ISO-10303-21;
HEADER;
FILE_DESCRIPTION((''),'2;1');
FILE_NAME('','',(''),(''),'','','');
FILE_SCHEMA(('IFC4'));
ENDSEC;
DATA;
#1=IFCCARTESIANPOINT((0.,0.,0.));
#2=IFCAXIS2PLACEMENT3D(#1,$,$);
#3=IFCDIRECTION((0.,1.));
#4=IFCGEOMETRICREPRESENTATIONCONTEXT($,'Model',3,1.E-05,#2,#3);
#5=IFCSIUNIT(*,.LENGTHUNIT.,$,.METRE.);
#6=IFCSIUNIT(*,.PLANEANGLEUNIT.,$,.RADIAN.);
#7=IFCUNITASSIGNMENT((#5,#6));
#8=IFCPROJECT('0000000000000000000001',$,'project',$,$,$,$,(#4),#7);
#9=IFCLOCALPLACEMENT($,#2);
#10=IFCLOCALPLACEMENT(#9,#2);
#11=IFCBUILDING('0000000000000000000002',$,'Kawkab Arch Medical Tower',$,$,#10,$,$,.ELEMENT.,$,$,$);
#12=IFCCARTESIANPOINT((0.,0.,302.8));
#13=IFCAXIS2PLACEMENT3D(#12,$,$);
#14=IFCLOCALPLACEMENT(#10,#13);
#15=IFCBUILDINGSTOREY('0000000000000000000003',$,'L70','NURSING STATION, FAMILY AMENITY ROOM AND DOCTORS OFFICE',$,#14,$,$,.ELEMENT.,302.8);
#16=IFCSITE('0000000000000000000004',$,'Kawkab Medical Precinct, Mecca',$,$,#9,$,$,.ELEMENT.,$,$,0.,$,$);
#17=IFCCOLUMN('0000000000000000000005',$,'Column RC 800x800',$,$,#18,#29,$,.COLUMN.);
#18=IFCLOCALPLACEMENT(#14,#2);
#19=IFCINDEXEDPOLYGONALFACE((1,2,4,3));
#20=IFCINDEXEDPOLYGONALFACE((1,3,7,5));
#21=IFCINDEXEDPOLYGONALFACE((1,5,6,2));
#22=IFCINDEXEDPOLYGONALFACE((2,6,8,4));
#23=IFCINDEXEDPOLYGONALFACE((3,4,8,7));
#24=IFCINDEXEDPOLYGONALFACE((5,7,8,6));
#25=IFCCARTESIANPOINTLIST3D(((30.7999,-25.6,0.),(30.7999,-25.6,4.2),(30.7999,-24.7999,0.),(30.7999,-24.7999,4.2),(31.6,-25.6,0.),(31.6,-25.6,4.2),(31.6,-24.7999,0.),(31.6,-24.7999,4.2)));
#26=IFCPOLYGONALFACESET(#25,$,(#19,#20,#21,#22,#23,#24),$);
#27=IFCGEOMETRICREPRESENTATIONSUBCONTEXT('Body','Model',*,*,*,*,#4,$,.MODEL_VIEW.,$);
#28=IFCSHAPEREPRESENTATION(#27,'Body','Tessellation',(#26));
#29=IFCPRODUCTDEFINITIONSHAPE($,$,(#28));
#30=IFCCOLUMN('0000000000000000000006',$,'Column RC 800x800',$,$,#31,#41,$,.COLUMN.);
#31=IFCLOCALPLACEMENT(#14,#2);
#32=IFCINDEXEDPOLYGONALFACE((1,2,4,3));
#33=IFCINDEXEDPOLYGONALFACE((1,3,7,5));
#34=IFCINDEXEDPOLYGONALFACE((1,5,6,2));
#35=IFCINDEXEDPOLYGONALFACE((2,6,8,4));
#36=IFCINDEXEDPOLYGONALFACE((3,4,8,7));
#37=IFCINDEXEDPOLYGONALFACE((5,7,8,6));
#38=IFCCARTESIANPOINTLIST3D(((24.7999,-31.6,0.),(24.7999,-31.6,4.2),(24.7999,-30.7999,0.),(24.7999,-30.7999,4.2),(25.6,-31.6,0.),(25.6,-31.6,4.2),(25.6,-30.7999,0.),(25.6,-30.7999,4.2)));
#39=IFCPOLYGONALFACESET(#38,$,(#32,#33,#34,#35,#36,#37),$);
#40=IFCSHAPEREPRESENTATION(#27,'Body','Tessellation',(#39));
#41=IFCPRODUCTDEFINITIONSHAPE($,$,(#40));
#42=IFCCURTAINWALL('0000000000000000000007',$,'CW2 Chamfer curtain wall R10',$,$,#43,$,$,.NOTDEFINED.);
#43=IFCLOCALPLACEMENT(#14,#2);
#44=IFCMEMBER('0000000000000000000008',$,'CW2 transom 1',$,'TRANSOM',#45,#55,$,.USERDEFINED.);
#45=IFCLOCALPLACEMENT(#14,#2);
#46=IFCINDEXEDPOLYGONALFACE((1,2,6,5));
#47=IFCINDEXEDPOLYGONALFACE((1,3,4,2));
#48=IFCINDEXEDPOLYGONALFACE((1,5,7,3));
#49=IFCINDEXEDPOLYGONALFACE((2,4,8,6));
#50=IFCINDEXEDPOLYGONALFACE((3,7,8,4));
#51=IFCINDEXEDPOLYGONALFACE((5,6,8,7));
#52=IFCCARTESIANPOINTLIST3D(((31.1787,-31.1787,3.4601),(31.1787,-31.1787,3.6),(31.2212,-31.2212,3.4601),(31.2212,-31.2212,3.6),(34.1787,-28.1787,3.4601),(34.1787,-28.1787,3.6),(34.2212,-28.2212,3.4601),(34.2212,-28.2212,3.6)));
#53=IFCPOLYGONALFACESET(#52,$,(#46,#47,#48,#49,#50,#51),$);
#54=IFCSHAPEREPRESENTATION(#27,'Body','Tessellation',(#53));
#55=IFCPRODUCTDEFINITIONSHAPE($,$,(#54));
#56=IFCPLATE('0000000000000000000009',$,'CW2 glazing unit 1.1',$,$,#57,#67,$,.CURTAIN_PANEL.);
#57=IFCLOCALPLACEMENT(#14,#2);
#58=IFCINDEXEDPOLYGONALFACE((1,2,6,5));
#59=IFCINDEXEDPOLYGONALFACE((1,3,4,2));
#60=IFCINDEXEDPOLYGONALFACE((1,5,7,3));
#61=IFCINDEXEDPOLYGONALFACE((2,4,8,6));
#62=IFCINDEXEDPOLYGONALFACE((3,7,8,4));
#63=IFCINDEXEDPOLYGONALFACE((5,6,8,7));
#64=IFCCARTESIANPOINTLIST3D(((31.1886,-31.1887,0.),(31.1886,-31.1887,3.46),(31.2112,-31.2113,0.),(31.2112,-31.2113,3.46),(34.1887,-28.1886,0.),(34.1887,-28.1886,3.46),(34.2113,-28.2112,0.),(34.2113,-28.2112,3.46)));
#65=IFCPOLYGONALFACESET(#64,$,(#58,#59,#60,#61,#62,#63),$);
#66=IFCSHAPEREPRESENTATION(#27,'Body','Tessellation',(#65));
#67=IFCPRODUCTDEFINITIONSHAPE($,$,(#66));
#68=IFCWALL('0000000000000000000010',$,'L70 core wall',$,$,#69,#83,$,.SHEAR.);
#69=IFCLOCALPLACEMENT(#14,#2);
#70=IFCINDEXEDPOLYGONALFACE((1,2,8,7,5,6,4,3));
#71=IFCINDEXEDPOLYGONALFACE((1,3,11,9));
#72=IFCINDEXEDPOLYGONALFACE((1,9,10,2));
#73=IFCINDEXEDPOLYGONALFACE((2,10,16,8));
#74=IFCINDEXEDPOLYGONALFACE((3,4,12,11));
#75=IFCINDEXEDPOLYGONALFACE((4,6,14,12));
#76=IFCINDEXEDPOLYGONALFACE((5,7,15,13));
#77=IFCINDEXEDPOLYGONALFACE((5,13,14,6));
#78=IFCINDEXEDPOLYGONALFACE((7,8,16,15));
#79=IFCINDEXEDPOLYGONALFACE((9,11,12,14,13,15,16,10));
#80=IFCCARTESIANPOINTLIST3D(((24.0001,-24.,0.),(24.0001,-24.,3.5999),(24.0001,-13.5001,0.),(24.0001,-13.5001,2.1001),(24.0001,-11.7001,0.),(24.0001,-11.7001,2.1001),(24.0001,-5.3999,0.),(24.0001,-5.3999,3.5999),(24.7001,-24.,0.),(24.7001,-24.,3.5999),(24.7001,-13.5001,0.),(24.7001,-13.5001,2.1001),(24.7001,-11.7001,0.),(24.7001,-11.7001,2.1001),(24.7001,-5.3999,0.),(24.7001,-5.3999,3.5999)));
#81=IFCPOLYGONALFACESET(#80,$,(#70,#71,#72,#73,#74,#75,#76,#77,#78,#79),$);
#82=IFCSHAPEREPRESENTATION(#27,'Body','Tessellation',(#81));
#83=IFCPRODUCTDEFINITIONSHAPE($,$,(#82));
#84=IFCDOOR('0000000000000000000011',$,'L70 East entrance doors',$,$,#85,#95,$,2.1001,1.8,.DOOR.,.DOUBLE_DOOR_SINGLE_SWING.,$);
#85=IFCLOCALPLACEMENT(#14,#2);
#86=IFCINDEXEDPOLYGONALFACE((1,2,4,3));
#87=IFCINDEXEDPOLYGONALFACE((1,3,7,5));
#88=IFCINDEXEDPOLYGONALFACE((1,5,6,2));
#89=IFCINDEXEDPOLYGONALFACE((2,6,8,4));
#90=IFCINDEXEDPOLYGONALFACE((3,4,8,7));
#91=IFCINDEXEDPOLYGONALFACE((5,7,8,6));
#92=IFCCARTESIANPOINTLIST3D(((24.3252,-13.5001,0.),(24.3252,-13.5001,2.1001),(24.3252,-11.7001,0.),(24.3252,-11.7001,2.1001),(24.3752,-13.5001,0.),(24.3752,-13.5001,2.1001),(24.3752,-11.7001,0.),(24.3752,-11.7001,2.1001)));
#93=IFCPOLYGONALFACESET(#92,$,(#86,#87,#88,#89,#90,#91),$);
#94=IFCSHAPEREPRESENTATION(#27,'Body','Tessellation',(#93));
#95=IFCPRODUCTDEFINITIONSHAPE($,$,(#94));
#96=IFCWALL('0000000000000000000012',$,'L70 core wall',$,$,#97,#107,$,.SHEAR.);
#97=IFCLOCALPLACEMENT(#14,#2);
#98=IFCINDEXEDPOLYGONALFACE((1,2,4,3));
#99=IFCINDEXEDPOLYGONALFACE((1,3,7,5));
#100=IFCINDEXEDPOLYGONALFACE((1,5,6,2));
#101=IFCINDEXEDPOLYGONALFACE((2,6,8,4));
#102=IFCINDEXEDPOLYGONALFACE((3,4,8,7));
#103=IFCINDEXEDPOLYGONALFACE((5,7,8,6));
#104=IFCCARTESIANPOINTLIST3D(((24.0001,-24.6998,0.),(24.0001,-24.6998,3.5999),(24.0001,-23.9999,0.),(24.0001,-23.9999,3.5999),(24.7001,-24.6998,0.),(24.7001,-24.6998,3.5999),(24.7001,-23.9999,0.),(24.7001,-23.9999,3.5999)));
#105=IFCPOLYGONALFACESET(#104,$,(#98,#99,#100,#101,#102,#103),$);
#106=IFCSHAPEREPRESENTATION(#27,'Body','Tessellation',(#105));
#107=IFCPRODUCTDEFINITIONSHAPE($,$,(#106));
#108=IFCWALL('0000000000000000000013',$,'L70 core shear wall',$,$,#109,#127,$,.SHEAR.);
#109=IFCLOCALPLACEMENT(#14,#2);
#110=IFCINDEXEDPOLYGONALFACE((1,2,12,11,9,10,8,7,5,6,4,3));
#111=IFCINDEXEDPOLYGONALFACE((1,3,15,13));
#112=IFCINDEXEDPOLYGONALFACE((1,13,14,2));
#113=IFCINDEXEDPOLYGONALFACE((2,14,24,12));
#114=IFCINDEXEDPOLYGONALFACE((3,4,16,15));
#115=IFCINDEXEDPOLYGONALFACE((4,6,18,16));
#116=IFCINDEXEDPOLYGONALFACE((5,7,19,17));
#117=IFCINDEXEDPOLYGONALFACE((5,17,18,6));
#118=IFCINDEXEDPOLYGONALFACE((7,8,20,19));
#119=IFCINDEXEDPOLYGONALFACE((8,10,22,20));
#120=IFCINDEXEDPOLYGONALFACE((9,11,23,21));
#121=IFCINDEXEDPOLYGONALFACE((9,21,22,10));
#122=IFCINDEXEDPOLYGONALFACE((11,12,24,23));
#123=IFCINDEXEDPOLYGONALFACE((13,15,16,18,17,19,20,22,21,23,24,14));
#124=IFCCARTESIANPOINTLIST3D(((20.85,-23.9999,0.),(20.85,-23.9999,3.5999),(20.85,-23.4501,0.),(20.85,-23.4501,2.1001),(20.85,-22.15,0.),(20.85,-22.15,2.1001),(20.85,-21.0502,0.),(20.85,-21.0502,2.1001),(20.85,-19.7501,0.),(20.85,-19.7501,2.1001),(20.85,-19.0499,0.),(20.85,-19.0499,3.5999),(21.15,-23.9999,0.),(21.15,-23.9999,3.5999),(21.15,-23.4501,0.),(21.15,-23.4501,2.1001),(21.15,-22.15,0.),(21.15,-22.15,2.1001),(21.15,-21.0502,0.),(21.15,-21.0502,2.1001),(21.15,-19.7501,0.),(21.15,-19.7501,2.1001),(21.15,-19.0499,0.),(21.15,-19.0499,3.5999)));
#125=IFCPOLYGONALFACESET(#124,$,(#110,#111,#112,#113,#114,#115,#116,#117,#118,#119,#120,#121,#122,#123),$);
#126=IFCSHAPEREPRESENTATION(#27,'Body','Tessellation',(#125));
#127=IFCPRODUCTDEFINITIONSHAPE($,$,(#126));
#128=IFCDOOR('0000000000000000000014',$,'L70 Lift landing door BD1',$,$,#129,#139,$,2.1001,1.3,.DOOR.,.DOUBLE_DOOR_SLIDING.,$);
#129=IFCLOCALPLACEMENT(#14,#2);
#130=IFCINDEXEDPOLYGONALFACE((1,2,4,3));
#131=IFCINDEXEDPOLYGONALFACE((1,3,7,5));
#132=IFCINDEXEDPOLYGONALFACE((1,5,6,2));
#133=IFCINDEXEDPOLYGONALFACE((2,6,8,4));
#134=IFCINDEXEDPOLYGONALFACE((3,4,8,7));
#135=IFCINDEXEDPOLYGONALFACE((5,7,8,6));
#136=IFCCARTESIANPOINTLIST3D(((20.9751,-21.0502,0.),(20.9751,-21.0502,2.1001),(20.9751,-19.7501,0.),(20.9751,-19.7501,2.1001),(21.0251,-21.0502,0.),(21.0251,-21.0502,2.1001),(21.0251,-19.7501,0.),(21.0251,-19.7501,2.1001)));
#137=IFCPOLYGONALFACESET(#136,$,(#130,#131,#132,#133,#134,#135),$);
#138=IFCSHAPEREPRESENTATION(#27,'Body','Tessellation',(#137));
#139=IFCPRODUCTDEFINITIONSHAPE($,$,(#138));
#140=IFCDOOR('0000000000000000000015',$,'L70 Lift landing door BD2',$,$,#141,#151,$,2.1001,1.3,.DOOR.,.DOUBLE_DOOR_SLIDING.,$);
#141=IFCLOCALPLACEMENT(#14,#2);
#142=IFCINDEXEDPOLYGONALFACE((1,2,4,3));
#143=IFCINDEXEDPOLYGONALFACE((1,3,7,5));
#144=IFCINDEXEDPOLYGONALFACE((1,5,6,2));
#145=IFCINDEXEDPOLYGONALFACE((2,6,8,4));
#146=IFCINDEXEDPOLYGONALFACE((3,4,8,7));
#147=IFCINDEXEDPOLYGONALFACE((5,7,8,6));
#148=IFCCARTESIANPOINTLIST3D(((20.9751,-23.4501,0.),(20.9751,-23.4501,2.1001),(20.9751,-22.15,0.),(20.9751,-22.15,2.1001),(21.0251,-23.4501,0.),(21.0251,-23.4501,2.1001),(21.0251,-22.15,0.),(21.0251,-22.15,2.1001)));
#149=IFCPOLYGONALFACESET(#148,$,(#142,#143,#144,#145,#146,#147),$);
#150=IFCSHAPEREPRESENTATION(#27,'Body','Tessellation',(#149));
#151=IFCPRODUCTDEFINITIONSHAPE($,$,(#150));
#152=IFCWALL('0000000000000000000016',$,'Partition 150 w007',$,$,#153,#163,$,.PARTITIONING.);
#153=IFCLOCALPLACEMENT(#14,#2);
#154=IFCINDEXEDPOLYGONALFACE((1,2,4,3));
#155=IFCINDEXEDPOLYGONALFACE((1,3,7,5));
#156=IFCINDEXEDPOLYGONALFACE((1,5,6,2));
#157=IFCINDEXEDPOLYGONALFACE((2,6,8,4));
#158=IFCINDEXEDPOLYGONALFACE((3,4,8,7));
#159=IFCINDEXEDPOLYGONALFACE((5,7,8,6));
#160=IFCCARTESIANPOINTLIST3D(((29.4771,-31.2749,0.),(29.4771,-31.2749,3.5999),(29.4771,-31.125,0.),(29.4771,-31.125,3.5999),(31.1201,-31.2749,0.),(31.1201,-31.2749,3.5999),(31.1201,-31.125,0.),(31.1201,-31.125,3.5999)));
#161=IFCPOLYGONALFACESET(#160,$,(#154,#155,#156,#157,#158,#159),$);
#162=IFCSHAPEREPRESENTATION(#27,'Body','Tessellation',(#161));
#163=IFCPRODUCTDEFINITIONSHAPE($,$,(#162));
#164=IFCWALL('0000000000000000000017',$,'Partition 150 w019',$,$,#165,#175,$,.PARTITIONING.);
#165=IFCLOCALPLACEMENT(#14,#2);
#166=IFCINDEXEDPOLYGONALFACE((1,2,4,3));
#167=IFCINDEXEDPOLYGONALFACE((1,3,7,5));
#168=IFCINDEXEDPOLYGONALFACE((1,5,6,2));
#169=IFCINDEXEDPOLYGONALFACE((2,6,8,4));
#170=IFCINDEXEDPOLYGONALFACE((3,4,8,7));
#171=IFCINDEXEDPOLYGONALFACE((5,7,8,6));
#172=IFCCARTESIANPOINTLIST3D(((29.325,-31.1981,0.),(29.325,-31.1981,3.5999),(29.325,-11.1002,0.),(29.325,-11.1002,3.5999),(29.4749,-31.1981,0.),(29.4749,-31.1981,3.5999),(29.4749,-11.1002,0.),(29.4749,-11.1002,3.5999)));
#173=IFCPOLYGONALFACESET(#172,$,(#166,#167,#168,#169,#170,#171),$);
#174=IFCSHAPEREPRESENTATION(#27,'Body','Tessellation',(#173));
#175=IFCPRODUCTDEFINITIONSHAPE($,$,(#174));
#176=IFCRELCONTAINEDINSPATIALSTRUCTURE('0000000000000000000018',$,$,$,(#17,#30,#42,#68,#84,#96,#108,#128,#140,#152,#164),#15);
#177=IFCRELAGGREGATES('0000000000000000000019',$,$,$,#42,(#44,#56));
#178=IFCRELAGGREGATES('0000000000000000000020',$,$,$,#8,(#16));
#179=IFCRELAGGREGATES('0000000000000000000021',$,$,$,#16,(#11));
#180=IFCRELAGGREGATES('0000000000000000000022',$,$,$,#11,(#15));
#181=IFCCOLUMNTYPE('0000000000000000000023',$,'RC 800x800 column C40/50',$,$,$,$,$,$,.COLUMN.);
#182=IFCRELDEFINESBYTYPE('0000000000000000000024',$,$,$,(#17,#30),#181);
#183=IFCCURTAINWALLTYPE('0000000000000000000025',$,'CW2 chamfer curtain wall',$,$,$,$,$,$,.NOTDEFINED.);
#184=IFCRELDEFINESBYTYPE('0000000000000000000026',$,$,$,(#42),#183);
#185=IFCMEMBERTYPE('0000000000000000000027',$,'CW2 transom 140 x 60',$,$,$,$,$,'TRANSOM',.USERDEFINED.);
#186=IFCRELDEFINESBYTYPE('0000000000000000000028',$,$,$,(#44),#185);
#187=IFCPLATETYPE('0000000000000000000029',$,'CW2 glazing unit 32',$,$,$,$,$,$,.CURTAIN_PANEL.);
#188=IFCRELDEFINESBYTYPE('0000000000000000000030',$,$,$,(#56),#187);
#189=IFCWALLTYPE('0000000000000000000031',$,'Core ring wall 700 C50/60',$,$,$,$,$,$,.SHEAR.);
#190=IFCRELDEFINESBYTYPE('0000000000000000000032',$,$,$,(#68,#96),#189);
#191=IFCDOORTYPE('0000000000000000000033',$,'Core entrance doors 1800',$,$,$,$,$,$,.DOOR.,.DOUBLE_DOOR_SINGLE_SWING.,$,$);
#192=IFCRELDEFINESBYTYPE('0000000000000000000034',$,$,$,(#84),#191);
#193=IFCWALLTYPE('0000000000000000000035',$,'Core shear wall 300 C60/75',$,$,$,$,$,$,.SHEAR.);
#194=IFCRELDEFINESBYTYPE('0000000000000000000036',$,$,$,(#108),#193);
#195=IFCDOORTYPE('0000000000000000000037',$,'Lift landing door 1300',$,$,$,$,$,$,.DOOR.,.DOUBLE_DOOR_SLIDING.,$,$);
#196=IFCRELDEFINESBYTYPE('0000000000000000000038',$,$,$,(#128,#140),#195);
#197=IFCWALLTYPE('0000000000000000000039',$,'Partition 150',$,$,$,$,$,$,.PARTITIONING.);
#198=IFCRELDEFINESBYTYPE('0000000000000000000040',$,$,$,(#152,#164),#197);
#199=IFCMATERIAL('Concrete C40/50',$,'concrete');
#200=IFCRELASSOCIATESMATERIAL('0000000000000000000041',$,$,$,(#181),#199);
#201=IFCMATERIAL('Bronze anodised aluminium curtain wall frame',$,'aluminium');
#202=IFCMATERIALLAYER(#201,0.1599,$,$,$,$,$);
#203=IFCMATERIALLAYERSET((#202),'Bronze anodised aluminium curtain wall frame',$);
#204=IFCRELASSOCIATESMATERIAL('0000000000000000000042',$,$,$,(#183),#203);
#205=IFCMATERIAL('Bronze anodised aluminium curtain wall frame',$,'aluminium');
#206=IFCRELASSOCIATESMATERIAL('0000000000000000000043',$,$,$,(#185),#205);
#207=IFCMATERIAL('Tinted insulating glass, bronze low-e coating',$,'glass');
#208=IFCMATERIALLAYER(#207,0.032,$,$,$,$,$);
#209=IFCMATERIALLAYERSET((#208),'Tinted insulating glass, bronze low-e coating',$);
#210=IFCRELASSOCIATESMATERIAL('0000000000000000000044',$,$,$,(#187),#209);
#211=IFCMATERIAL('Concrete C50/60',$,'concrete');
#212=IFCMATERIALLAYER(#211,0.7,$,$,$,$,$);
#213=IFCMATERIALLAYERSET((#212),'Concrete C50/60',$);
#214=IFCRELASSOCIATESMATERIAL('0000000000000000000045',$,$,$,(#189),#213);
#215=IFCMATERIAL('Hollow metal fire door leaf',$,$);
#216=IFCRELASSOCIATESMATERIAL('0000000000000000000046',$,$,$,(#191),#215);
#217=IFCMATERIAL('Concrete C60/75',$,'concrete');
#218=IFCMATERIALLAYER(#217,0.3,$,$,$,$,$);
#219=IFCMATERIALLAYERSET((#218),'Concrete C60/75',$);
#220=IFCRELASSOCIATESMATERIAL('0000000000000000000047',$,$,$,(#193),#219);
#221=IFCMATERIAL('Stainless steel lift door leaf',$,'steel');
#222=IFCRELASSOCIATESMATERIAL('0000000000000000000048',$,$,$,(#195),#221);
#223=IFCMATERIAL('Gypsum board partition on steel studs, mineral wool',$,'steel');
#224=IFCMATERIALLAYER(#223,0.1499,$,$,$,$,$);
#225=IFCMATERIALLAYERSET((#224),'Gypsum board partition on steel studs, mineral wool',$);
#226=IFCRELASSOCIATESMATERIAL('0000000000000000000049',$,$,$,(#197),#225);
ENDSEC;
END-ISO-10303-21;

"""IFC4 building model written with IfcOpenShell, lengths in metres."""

from ifc_helpers import new_model, si_unit, direction, frame, frame_2d, origin, origin_2d, place, context, subcontext, project, spatial, rectangle, extrude, material, layer, layer_set, material_profile, profile_set, type_object, element, fill, aggregate, save


model = new_model("IFC4")

# Units and contexts
model_context = context("Model", 3, precision=1e-05, world=origin(), true_north=direction((0.0, 1.0)))
body_context = subcontext(model_context, "Body", "Model", "MODEL_VIEW")
ifc_project = project(units=[si_unit("LENGTHUNIT", "METRE"), si_unit("PLANEANGLEUNIT", "RADIAN")], contexts=[model_context])

# Site, building, storey
site_placement = place(None, origin())
site = spatial("IfcSite", under=ifc_project, at=site_placement, Name="Kawkab Medical Precinct, Mecca", CompositionType="ELEMENT", RefElevation=0.0)
building_placement = place(site_placement, origin())
building = spatial("IfcBuilding", under=site, at=building_placement, Name="Kawkab Arch Medical Tower", CompositionType="ELEMENT")
storey_placement = place(building_placement, frame((0.0, 0.0, 302.8)))
storey = spatial("IfcBuildingStorey", under=building, at=storey_placement, Name="L70", Description="NURSING STATION, FAMILY AMENITY ROOM AND DOCTORS OFFICE", CompositionType="ELEMENT", Elevation=302.8)

# Columns
ifc_material_1 = material(Name="Concrete C40/50", Category="concrete")
ifc_material_profile_1 = material_profile(ifc_material_1, rectangle(XDim=0.8, YDim=0.8, at=origin_2d()), Name="RC 800x800")
ifc_profile_set_1 = profile_set([ifc_material_profile_1], Name="Concrete C40/50")
column_type = type_object("IfcColumnType", Name="RC 800x800 column C40/50", PredefinedType="COLUMN", material=ifc_profile_set_1)
for number, where, z_axis, x_axis, name in (
    (1, (31.2, -25.2, 0.0), (0.0, 0.0, 1.0), (1.0, 0.0, 0.0), "Column RC 800x800"),
    (2, (25.2, -31.2, 0.0), (0.0, 0.0, 1.0), (1.0, 0.0, 0.0), "Column RC 800x800"),
):
    element("IfcColumn", number, at=place(storey_placement, frame(where, z_axis=z_axis, x_axis=x_axis)), inside=storey, type_object=column_type, Name=name, PredefinedType="COLUMN", context=body_context, shape_type="SweptSolid", body=[
        extrude(rectangle(XDim=0.8, YDim=0.8, at=origin_2d()), origin(), (0.0, 0.0, 1.0), 4.2),
    ])

# Curtain wall, member, plate
ifc_material_2 = material(Name="Bronze anodised aluminium curtain wall frame", Category="aluminium")
ifc_layer_1 = layer(ifc_material_2, 0.1599)
ifc_layer_set_1 = layer_set([ifc_layer_1], Name="Bronze anodised aluminium curtain wall frame")
curtain_wall_type = type_object("IfcCurtainWallType", Name="CW2 chamfer curtain wall", PredefinedType="NOTDEFINED", material=ifc_layer_set_1)
curtain_wall_placement = place(storey_placement, origin())
curtain_wall = element("IfcCurtainWall", 3, at=curtain_wall_placement, inside=storey, type_object=curtain_wall_type, Name="CW2 Chamfer curtain wall R10", PredefinedType="NOTDEFINED")
ifc_material_3 = material(Name="Bronze anodised aluminium curtain wall frame", Category="aluminium")
ifc_material_profile_2 = material_profile(ifc_material_3, rectangle(XDim=0.0601, YDim=0.1399, at=origin_2d()), Name="AL 60x140")
ifc_profile_set_2 = profile_set([ifc_material_profile_2], Name="Bronze anodised aluminium curtain wall frame")
member_type = type_object("IfcMemberType", Name="CW2 transom 140 x 60", ElementType="TRANSOM", PredefinedType="USERDEFINED", material=ifc_profile_set_2)
member_placement = place(storey_placement, frame((31.2, -31.2, 3.53), z_axis=(0.707107, 0.707107, 0.0), x_axis=(-0.707107, 0.707107, 0.0)))
member = element("IfcMember", 4, at=member_placement, type_object=member_type, Name="CW2 transom 1", ObjectType="TRANSOM", PredefinedType="USERDEFINED", context=body_context, shape_type="SweptSolid", body=[
    extrude(rectangle(XDim=0.0601, YDim=0.1399, at=origin_2d()), origin(), (0.0, 0.0, 1.0), 4.2427),
])
ifc_material_4 = material(Name="Tinted insulating glass, bronze low-e coating", Category="glass")
ifc_layer_2 = layer(ifc_material_4, 0.032)
ifc_layer_set_2 = layer_set([ifc_layer_2], Name="Tinted insulating glass, bronze low-e coating")
plate_type = type_object("IfcPlateType", Name="CW2 glazing unit 32", PredefinedType="CURTAIN_PANEL", material=ifc_layer_set_2)
plate_placement = place(storey_placement, frame((32.7, -29.7, 0.0), z_axis=(0.0, 0.0, 1.0), x_axis=(0.707107, 0.707107, 0.0)))
plate = element("IfcPlate", 5, at=plate_placement, type_object=plate_type, Name="CW2 glazing unit 1.1", PredefinedType="CURTAIN_PANEL", context=body_context, shape_type="SweptSolid", body=[
    extrude(rectangle(XDim=4.2427, YDim=0.032, at=origin_2d()), origin(), (0.0, 0.0, 1.0), 3.46),
])
aggregate(curtain_wall, [member, plate])

# Wall, opening, door
ifc_material_5 = material(Name="Concrete C50/60", Category="concrete")
ifc_layer_3 = layer(ifc_material_5, 0.7)
ifc_layer_set_3 = layer_set([ifc_layer_3], Name="Concrete C50/60")
wall_type_1 = type_object("IfcWallType", Name="Core ring wall 700 C50/60", PredefinedType="SHEAR", material=ifc_layer_set_3)
wall_1_placement = place(storey_placement, frame((24.3501, -24.0, 0.0), z_axis=(0.0, 0.0, 1.0), x_axis=(0.0, 1.0, 0.0)))
wall_1 = element("IfcWall", 6, at=wall_1_placement, inside=storey, type_object=wall_type_1, Name="L70 core wall", PredefinedType="SHEAR", context=body_context, shape_type="SweptSolid", body=[
    extrude(rectangle(XDim=18.6001, YDim=0.7, at=frame_2d((9.3, 0.0))), origin(), (0.0, 0.0, 1.0), 3.5999),
])
opening_1_placement = place(wall_1_placement, frame((10.5, 0.0, 0.0)))
opening_1 = element("IfcOpeningElement", 7, at=opening_1_placement, cuts=wall_1, PredefinedType="OPENING", context=body_context, shape_type="SweptSolid", body=[
    extrude(rectangle(XDim=1.8, YDim=2.1001, at=frame_2d((0.8999, 1.05))), frame((0.0, 0.3599, 0.0), z_axis=(0.0, -1.0, 0.0), x_axis=(1.0, 0.0, 0.0)), (0.0, 0.0, 1.0), 0.72),
])
ifc_material_6 = material(Name="Hollow metal fire door leaf")
door_type_1 = type_object("IfcDoorType", Name="Core entrance doors 1800", OperationType="DOUBLE_DOOR_SINGLE_SWING", PredefinedType="DOOR", material=ifc_material_6)
door_1_placement = place(opening_1_placement, origin())
door_1 = element("IfcDoor", 8, at=door_1_placement, inside=storey, type_object=door_type_1, Name="L70 East entrance doors", OperationType="DOUBLE_DOOR_SINGLE_SWING", OverallHeight=2.1001, OverallWidth=1.8, PredefinedType="DOOR", context=body_context, shape_type="SweptSolid", body=[
    extrude(rectangle(XDim=1.8, YDim=2.1001, at=frame_2d((0.8999, 1.05))), frame((0.0, 0.0249, 0.0), z_axis=(0.0, -1.0, 0.0), x_axis=(1.0, 0.0, 0.0)), (0.0, 0.0, 1.0), 0.05),
])
fill(opening_1, door_1)

# Wall
wall_2_placement = place(storey_placement, frame((24.3501, -24.7, 0.0), z_axis=(0.0, 0.0, 1.0), x_axis=(0.0, 1.0, 0.0)))
element("IfcWall", 9, at=wall_2_placement, inside=storey, type_object=wall_type_1, Name="L70 core wall", PredefinedType="SHEAR", context=body_context, shape_type="SweptSolid", body=[
    extrude(rectangle(XDim=0.7, YDim=0.7, at=frame_2d((0.3501, 0.0))), origin(), (0.0, 0.0, 1.0), 3.5999),
])

# Wall, openings, doors
ifc_material_7 = material(Name="Concrete C60/75", Category="concrete")
ifc_layer_4 = layer(ifc_material_7, 0.3)
ifc_layer_set_4 = layer_set([ifc_layer_4], Name="Concrete C60/75")
wall_type_2 = type_object("IfcWallType", Name="Core shear wall 300 C60/75", PredefinedType="SHEAR", material=ifc_layer_set_4)
wall_3_placement = place(storey_placement, frame((21.0, -24.0, 0.0), z_axis=(0.0, 0.0, 1.0), x_axis=(0.0, 1.0, 0.0)))
wall_3 = element("IfcWall", 10, at=wall_3_placement, inside=storey, type_object=wall_type_2, Name="L70 core shear wall", PredefinedType="SHEAR", context=body_context, shape_type="SweptSolid", body=[
    extrude(rectangle(XDim=4.95, YDim=0.3, at=frame_2d((2.4751, 0.0))), origin(), (0.0, 0.0, 1.0), 3.5999),
])
opening_2_placement = place(wall_3_placement, frame((2.95, 0.0, 0.0)))
opening_2 = element("IfcOpeningElement", 11, at=opening_2_placement, cuts=wall_3, PredefinedType="OPENING", context=body_context, shape_type="SweptSolid", body=[
    extrude(rectangle(XDim=1.3, YDim=2.1001, at=frame_2d((0.6499, 1.05))), frame((0.0, 0.1599, 0.0), z_axis=(0.0, -1.0, 0.0), x_axis=(1.0, 0.0, 0.0)), (0.0, 0.0, 1.0), 0.3201),
])
opening_3_placement = place(wall_3_placement, frame((0.55, 0.0, 0.0)))
opening_3 = element("IfcOpeningElement", 12, at=opening_3_placement, cuts=wall_3, PredefinedType="OPENING", context=body_context, shape_type="SweptSolid", body=[
    extrude(rectangle(XDim=1.3, YDim=2.1001, at=frame_2d((0.6499, 1.05))), frame((0.0, 0.1599, 0.0), z_axis=(0.0, -1.0, 0.0), x_axis=(1.0, 0.0, 0.0)), (0.0, 0.0, 1.0), 0.3201),
])
ifc_material_8 = material(Name="Stainless steel lift door leaf", Category="steel")
door_type_2 = type_object("IfcDoorType", Name="Lift landing door 1300", OperationType="DOUBLE_DOOR_SLIDING", PredefinedType="DOOR", material=ifc_material_8)
door_2_placement = place(opening_2_placement, origin())
door_2 = element("IfcDoor", 13, at=door_2_placement, inside=storey, type_object=door_type_2, Name="L70 Lift landing door BD1", OperationType="DOUBLE_DOOR_SLIDING", OverallHeight=2.1001, OverallWidth=1.3, PredefinedType="DOOR", context=body_context, shape_type="SweptSolid", body=[
    extrude(rectangle(XDim=1.3, YDim=2.1001, at=frame_2d((0.6499, 1.05))), frame((0.0, 0.0249, 0.0), z_axis=(0.0, -1.0, 0.0), x_axis=(1.0, 0.0, 0.0)), (0.0, 0.0, 1.0), 0.05),
])
fill(opening_2, door_2)
door_3_placement = place(opening_3_placement, origin())
door_3 = element("IfcDoor", 14, at=door_3_placement, inside=storey, type_object=door_type_2, Name="L70 Lift landing door BD2", OperationType="DOUBLE_DOOR_SLIDING", OverallHeight=2.1001, OverallWidth=1.3, PredefinedType="DOOR", context=body_context, shape_type="SweptSolid", body=[
    extrude(rectangle(XDim=1.3, YDim=2.1001, at=frame_2d((0.6499, 1.05))), frame((0.0, 0.0249, 0.0), z_axis=(0.0, -1.0, 0.0), x_axis=(1.0, 0.0, 0.0)), (0.0, 0.0, 1.0), 0.05),
])
fill(opening_3, door_3)

# Walls
ifc_material_9 = material(Name="Gypsum board partition on steel studs, mineral wool", Category="steel")
ifc_layer_5 = layer(ifc_material_9, 0.1499)
ifc_layer_set_5 = layer_set([ifc_layer_5], Name="Gypsum board partition on steel studs, mineral wool")
wall_type_3 = type_object("IfcWallType", Name="Partition 150", PredefinedType="PARTITIONING", material=ifc_layer_set_5)
wall_4_placement = place(storey_placement, frame((29.4771, -31.2, 0.0), z_axis=(0.0, 0.0, 1.0), x_axis=(1.0, 0.0, 0.0)))
element("IfcWall", 15, at=wall_4_placement, inside=storey, type_object=wall_type_3, Name="Partition 150 w007", PredefinedType="PARTITIONING", context=body_context, shape_type="SweptSolid", body=[
    extrude(rectangle(XDim=1.6431, YDim=0.1499, at=frame_2d((0.8215, 0.0))), origin(), (0.0, 0.0, 1.0), 3.5999),
])
wall_5_placement = place(storey_placement, frame((29.3999, -31.198, 0.0), z_axis=(0.0, 0.0, 1.0), x_axis=(0.0, 1.0, 0.0)))
element("IfcWall", 16, at=wall_5_placement, inside=storey, type_object=wall_type_3, Name="Partition 150 w019", PredefinedType="PARTITIONING", context=body_context, shape_type="SweptSolid", body=[
    extrude(rectangle(XDim=20.0979, YDim=0.1499, at=frame_2d((10.0488, 0.0))), origin(), (0.0, 0.0, 1.0), 3.5999),
])

save(model, "model.ifc")
